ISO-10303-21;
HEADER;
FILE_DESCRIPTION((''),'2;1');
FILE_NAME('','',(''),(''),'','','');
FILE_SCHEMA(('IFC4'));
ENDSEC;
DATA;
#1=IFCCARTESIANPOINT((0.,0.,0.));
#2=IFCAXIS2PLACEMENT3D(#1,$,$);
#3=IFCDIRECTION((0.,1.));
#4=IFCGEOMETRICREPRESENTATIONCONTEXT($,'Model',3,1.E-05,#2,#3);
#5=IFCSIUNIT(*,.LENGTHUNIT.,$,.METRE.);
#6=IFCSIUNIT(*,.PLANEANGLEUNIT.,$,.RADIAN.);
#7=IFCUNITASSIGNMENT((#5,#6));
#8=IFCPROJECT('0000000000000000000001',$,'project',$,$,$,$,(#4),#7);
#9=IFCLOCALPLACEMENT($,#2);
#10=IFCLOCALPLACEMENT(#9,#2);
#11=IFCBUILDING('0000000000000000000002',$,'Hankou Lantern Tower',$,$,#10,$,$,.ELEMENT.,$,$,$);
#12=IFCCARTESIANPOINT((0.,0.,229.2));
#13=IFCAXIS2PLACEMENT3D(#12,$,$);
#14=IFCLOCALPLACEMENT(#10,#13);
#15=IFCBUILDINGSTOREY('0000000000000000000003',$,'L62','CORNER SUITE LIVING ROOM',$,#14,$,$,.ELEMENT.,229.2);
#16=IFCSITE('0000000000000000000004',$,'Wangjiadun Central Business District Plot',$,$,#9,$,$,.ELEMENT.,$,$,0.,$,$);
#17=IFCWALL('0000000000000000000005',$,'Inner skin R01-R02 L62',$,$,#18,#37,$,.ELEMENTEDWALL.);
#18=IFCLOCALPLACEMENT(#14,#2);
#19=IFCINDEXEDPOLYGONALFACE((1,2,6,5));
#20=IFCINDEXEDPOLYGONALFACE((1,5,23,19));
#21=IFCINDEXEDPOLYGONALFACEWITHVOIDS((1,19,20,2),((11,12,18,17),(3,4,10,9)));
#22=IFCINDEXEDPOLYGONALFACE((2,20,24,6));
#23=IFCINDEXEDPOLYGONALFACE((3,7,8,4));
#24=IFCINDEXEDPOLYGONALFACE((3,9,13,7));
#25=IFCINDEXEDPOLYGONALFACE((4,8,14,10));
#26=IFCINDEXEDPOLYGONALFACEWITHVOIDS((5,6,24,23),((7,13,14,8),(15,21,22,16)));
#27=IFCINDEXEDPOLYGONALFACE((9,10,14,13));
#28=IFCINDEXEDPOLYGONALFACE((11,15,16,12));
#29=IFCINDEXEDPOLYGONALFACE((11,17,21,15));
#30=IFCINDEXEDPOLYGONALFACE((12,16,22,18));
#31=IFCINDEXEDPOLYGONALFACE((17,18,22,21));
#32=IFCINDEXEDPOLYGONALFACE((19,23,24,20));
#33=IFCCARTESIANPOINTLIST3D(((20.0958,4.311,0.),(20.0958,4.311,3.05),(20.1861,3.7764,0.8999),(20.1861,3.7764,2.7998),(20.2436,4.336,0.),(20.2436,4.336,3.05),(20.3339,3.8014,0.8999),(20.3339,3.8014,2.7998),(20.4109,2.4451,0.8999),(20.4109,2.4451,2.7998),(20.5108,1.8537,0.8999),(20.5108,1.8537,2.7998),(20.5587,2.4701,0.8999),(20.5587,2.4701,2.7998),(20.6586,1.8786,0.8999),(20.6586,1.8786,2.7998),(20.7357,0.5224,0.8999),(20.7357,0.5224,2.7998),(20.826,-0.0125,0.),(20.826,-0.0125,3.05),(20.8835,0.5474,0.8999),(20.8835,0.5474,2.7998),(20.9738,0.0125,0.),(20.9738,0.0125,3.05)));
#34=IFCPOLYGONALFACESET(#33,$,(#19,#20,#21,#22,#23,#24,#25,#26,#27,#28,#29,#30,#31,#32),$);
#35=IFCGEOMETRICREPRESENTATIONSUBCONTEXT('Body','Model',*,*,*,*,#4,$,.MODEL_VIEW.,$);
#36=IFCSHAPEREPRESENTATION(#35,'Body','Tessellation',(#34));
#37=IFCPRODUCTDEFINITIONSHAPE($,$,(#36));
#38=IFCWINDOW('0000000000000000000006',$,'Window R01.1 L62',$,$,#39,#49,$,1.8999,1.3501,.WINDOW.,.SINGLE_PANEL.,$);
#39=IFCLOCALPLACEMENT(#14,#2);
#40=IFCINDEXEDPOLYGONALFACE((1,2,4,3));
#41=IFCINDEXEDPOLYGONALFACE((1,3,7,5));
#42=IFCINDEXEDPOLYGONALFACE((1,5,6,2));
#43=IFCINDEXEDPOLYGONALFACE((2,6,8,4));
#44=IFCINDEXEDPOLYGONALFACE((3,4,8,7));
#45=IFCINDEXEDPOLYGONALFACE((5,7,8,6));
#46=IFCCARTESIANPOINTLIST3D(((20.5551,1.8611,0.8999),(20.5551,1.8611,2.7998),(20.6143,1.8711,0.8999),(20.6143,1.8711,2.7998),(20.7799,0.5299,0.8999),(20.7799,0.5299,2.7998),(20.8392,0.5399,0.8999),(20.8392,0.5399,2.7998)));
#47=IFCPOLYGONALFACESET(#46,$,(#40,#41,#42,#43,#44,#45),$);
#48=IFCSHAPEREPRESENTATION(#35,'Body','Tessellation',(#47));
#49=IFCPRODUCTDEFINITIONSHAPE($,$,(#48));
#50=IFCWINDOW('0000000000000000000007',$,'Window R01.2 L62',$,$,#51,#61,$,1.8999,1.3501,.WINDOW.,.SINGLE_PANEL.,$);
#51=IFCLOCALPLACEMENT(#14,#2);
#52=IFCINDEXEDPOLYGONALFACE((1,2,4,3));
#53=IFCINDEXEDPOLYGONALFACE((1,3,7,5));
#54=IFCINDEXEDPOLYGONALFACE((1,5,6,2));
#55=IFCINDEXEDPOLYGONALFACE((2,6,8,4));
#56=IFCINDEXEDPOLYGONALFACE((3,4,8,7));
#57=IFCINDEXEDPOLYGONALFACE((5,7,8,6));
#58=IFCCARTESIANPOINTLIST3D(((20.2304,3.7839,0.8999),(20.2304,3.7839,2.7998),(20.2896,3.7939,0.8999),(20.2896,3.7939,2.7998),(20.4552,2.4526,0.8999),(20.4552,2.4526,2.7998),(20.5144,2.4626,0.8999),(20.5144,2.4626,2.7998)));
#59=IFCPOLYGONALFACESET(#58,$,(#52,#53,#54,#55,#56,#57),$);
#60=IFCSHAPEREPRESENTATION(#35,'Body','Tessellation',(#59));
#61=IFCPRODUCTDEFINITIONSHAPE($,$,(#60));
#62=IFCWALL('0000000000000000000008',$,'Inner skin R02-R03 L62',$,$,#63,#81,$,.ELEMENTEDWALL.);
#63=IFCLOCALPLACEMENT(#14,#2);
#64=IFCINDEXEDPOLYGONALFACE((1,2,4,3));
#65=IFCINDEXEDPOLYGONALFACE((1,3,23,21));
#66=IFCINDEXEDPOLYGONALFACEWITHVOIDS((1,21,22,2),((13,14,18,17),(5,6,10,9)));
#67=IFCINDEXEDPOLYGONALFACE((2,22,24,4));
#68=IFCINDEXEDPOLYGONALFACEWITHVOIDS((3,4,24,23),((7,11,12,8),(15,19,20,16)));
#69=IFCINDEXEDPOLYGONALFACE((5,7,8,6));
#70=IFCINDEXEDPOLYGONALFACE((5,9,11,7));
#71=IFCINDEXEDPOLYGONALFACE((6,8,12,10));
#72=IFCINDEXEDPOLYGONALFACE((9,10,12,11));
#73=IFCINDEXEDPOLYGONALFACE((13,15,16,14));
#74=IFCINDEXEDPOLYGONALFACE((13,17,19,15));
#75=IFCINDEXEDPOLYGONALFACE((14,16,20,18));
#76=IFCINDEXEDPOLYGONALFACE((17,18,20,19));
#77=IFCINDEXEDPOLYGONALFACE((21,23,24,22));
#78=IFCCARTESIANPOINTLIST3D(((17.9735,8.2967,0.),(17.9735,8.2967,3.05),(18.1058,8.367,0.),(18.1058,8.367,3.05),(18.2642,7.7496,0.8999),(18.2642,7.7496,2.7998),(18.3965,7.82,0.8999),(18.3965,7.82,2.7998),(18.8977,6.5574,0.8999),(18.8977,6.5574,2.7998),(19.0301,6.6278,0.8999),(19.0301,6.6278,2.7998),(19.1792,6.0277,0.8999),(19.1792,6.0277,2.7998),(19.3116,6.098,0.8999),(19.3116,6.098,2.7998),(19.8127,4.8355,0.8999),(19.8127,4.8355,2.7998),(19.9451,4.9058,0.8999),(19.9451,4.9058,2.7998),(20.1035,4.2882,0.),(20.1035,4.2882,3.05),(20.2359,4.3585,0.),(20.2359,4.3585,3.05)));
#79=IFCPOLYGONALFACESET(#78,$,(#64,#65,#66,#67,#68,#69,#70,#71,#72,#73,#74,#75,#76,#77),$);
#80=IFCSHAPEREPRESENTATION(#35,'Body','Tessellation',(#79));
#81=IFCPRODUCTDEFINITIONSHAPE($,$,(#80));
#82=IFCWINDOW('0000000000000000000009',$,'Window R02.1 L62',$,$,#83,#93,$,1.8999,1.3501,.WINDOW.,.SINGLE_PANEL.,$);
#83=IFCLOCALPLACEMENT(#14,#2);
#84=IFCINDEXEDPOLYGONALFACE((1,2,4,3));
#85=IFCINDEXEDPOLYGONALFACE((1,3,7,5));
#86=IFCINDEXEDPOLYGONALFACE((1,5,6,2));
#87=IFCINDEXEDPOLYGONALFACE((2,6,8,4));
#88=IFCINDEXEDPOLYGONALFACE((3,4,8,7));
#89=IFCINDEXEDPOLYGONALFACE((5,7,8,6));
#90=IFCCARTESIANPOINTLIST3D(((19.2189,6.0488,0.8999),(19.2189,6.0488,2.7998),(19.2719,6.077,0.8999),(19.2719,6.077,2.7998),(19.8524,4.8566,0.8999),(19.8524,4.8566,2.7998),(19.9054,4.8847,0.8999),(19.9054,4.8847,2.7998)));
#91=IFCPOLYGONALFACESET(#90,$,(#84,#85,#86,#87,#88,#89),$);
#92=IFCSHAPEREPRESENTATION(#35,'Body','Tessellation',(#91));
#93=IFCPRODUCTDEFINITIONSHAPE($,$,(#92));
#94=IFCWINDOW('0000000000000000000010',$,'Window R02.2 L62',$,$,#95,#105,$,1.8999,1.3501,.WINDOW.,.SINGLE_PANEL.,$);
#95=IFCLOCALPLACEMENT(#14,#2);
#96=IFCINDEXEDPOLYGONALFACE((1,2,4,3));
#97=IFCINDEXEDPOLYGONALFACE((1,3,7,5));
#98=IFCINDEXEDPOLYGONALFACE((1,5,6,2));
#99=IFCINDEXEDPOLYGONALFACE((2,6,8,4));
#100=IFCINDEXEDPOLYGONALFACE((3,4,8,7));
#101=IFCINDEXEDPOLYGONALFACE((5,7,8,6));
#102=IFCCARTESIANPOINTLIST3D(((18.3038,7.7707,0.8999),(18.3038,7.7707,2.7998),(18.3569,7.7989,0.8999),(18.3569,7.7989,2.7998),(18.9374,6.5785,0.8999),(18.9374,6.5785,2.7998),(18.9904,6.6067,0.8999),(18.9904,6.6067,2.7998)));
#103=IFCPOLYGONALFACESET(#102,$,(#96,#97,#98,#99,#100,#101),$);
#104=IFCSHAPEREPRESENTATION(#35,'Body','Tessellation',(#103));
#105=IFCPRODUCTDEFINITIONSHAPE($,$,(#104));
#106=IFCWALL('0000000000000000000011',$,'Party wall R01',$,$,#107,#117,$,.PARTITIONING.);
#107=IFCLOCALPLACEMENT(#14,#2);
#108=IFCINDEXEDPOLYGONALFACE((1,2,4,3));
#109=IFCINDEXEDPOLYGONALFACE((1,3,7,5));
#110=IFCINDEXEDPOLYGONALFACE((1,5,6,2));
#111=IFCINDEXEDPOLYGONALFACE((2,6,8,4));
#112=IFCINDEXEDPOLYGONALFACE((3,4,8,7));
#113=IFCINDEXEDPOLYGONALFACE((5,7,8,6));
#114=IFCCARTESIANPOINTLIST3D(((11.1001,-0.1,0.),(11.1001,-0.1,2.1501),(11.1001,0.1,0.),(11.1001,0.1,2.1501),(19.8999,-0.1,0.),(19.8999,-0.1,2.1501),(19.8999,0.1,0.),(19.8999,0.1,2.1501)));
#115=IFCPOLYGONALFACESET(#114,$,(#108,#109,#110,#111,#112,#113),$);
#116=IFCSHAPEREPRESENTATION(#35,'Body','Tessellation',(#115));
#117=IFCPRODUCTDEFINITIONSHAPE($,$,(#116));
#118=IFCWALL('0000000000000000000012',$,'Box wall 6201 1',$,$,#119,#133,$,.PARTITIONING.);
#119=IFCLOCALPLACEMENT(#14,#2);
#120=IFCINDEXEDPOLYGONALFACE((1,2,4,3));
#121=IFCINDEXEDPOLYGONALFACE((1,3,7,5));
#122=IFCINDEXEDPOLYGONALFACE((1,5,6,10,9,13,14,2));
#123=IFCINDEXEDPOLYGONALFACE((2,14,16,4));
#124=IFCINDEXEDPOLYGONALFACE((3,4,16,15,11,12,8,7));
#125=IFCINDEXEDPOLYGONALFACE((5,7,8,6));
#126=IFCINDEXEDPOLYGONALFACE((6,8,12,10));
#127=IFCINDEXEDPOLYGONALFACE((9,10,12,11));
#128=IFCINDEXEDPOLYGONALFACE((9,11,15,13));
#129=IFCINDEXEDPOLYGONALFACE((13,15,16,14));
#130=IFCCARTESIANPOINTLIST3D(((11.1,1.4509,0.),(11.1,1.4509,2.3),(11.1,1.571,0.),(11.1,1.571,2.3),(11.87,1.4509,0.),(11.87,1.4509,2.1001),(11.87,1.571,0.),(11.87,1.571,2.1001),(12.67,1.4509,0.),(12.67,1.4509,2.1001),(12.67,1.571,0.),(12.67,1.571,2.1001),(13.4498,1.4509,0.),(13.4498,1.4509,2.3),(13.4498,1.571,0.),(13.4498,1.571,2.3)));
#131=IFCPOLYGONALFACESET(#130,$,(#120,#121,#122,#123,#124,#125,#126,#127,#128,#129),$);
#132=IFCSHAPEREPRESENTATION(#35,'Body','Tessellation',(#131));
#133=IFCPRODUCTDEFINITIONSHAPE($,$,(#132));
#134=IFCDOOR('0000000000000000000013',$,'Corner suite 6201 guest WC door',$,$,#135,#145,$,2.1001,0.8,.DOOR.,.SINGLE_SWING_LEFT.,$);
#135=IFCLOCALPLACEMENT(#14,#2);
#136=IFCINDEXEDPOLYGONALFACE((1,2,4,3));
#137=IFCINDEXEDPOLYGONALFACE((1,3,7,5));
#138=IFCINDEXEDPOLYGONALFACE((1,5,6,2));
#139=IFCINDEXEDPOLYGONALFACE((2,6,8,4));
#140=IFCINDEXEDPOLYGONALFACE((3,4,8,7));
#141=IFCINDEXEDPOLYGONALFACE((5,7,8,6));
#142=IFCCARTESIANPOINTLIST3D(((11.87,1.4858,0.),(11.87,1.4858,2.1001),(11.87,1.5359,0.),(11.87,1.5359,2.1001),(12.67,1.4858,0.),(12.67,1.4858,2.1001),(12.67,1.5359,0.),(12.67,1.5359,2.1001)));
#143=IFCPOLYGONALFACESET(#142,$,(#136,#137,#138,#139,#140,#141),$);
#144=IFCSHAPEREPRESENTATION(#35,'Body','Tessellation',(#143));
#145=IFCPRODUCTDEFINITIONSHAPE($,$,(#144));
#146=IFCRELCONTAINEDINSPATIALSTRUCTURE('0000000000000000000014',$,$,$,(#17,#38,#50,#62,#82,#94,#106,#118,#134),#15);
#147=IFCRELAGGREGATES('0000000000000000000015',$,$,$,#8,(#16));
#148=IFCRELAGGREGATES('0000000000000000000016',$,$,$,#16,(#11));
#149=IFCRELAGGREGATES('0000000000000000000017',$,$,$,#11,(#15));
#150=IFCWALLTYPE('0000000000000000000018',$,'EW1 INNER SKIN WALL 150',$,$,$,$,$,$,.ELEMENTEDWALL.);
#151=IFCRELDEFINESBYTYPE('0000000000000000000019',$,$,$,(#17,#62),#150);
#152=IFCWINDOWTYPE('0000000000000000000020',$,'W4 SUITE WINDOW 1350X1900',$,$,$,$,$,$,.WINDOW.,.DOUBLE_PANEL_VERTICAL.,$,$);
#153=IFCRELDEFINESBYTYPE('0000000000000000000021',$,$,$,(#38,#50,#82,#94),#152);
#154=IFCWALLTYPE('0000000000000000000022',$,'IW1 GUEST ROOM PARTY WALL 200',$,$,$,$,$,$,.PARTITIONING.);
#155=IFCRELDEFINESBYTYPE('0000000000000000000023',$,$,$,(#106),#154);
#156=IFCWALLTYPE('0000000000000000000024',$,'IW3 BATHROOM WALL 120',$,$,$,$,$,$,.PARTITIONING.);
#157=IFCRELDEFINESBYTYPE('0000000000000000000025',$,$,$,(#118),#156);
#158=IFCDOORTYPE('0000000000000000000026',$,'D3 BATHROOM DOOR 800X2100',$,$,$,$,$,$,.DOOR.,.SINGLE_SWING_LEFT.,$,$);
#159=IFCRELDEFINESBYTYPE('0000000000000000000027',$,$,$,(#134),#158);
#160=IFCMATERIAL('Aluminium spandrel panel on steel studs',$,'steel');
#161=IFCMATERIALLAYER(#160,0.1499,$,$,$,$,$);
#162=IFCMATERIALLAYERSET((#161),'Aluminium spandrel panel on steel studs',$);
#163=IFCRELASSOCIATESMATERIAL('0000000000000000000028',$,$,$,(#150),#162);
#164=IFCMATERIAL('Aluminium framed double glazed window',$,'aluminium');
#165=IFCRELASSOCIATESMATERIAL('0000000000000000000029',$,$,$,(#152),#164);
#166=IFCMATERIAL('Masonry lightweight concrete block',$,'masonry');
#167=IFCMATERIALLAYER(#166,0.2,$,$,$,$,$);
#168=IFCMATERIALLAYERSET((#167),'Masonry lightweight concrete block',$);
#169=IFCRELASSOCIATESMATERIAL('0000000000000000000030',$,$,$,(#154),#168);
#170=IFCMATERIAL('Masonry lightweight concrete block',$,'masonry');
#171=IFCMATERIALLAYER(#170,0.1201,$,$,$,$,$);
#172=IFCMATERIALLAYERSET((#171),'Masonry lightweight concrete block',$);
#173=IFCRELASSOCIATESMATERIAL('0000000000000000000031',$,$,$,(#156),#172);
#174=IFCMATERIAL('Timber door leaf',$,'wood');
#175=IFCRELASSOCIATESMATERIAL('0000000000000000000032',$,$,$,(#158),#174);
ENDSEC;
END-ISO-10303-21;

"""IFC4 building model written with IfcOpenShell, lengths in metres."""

from ifc_helpers import new_model, si_unit, direction, frame, frame_2d, origin, place, context, subcontext, project, spatial, rectangle, extrude, material, layer, layer_set, type_object, element, fill, save


model = new_model("IFC4")

# Units and contexts
model_context = context("Model", 3, precision=1e-05, world=origin(), true_north=direction((0.0, 1.0)))
body_context = subcontext(model_context, "Body", "Model", "MODEL_VIEW")
ifc_project = project(units=[si_unit("LENGTHUNIT", "METRE"), si_unit("PLANEANGLEUNIT", "RADIAN")], contexts=[model_context])

# Site, building, storey
site_placement = place(None, origin())
site = spatial("IfcSite", under=ifc_project, at=site_placement, Name="Wangjiadun Central Business District Plot", CompositionType="ELEMENT", RefElevation=0.0)
building_placement = place(site_placement, origin())
building = spatial("IfcBuilding", under=site, at=building_placement, Name="Hankou Lantern Tower", CompositionType="ELEMENT")
storey_placement = place(building_placement, frame((0.0, 0.0, 229.2)))
storey = spatial("IfcBuildingStorey", under=building, at=storey_placement, Name="L62", Description="CORNER SUITE LIVING ROOM", CompositionType="ELEMENT", Elevation=229.2)

# Walls, openings, windows
ifc_material_1 = material(Name="Aluminium spandrel panel on steel studs", Category="steel")
ifc_layer_1 = layer(ifc_material_1, 0.1499)
ifc_layer_set_1 = layer_set([ifc_layer_1], Name="Aluminium spandrel panel on steel studs")
wall_type_1 = type_object("IfcWallType", Name="EW1 INNER SKIN WALL 150", PredefinedType="ELEMENTEDWALL", material=ifc_layer_set_1)
wall_1_placement = place(storey_placement, frame((20.8999, 0.0, 0.0), z_axis=(0.0, 0.0, 1.0), x_axis=(-0.166539, 0.986035, 0.0)))
wall_1 = element("IfcWall", 1, at=wall_1_placement, inside=storey, type_object=wall_type_1, Name="Inner skin R01-R02 L62", PredefinedType="ELEMENTEDWALL", context=body_context, shape_type="SweptSolid", body=[
    extrude(rectangle(XDim=4.3848, YDim=0.1499, at=frame_2d((2.1924, 0.0))), origin(), (0.0, 0.0, 1.0), 3.05),
])
opening_1_placement = place(wall_1_placement, frame((0.5425, 0.0, 0.8999)))
opening_1 = element("IfcOpeningElement", 2, at=opening_1_placement, cuts=wall_1, PredefinedType="OPENING", context=body_context, shape_type="SweptSolid", body=[
    extrude(rectangle(XDim=1.3501, YDim=1.8999, at=frame_2d((0.675, 0.95))), frame((0.0, 0.085, 0.0), z_axis=(0.0, -1.0, 0.0), x_axis=(1.0, 0.0, 0.0)), (0.0, 0.0, 1.0), 0.1699),
])
opening_2_placement = place(wall_1_placement, frame((2.4924, 0.0, 0.8999)))
opening_2 = element("IfcOpeningElement", 3, at=opening_2_placement, cuts=wall_1, PredefinedType="OPENING", context=body_context, shape_type="SweptSolid", body=[
    extrude(rectangle(XDim=1.3501, YDim=1.8999, at=frame_2d((0.675, 0.95))), frame((0.0, 0.085, 0.0), z_axis=(0.0, -1.0, 0.0), x_axis=(1.0, 0.0, 0.0)), (0.0, 0.0, 1.0), 0.1699),
])
ifc_material_2 = material(Name="Aluminium framed double glazed window", Category="aluminium")
window_type = type_object("IfcWindowType", Name="W4 SUITE WINDOW 1350X1900", PartitioningType="DOUBLE_PANEL_VERTICAL", PredefinedType="WINDOW", material=ifc_material_2)
window_1_placement = place(opening_1_placement, origin())
window_1 = element("IfcWindow", 4, at=window_1_placement, inside=storey, type_object=window_type, Name="Window R01.1 L62", OverallHeight=1.8999, OverallWidth=1.3501, PartitioningType="SINGLE_PANEL", PredefinedType="WINDOW", context=body_context, shape_type="SweptSolid", body=[
    extrude(rectangle(XDim=1.3501, YDim=1.8999, at=frame_2d((0.675, 0.95))), frame((0.0, 0.03, 0.0), z_axis=(0.0, -1.0, 0.0), x_axis=(1.0, 0.0, 0.0)), (0.0, 0.0, 1.0), 0.0601),
])
fill(opening_1, window_1)
window_2_placement = place(opening_2_placement, origin())
window_2 = element("IfcWindow", 5, at=window_2_placement, inside=storey, type_object=window_type, Name="Window R01.2 L62", OverallHeight=1.8999, OverallWidth=1.3501, PartitioningType="SINGLE_PANEL", PredefinedType="WINDOW", context=body_context, shape_type="SweptSolid", body=[
    extrude(rectangle(XDim=1.3501, YDim=1.8999, at=frame_2d((0.675, 0.95))), frame((0.0, 0.03, 0.0), z_axis=(0.0, -1.0, 0.0), x_axis=(1.0, 0.0, 0.0)), (0.0, 0.0, 1.0), 0.0601),
])
fill(opening_2, window_2)
wall_2_placement = place(storey_placement, frame((20.1697, 4.3235, 0.0), z_axis=(0.0, 0.0, 1.0), x_axis=(-0.469256, 0.883062, 0.0)))
wall_2 = element("IfcWall", 6, at=wall_2_placement, inside=storey, type_object=wall_type_1, Name="Inner skin R02-R03 L62", PredefinedType="ELEMENTEDWALL", context=body_context, shape_type="SweptSolid", body=[
    extrude(rectangle(XDim=4.5393, YDim=0.1499, at=frame_2d((2.2695, 0.0))), origin(), (0.0, 0.0, 1.0), 3.05),
])
opening_3_placement = place(wall_2_placement, frame((0.6196, 0.0, 0.8999)))
opening_3 = element("IfcOpeningElement", 7, at=opening_3_placement, cuts=wall_2, PredefinedType="OPENING", context=body_context, shape_type="SweptSolid", body=[
    extrude(rectangle(XDim=1.3501, YDim=1.8999, at=frame_2d((0.675, 0.95))), frame((0.0, 0.085, 0.0), z_axis=(0.0, -1.0, 0.0), x_axis=(1.0, 0.0, 0.0)), (0.0, 0.0, 1.0), 0.1699),
])
opening_4_placement = place(wall_2_placement, frame((2.5696, 0.0, 0.8999)))
opening_4 = element("IfcOpeningElement", 8, at=opening_4_placement, cuts=wall_2, PredefinedType="OPENING", context=body_context, shape_type="SweptSolid", body=[
    extrude(rectangle(XDim=1.3501, YDim=1.8999, at=frame_2d((0.675, 0.95))), frame((0.0, 0.085, 0.0), z_axis=(0.0, -1.0, 0.0), x_axis=(1.0, 0.0, 0.0)), (0.0, 0.0, 1.0), 0.1699),
])
window_3_placement = place(opening_3_placement, origin())
window_3 = element("IfcWindow", 9, at=window_3_placement, inside=storey, type_object=window_type, Name="Window R02.1 L62", OverallHeight=1.8999, OverallWidth=1.3501, PartitioningType="SINGLE_PANEL", PredefinedType="WINDOW", context=body_context, shape_type="SweptSolid", body=[
    extrude(rectangle(XDim=1.3501, YDim=1.8999, at=frame_2d((0.675, 0.95))), frame((0.0, 0.03, 0.0), z_axis=(0.0, -1.0, 0.0), x_axis=(1.0, 0.0, 0.0)), (0.0, 0.0, 1.0), 0.0601),
])
fill(opening_3, window_3)
window_4_placement = place(opening_4_placement, origin())
window_4 = element("IfcWindow", 10, at=window_4_placement, inside=storey, type_object=window_type, Name="Window R02.2 L62", OverallHeight=1.8999, OverallWidth=1.3501, PartitioningType="SINGLE_PANEL", PredefinedType="WINDOW", context=body_context, shape_type="SweptSolid", body=[
    extrude(rectangle(XDim=1.3501, YDim=1.8999, at=frame_2d((0.675, 0.95))), frame((0.0, 0.03, 0.0), z_axis=(0.0, -1.0, 0.0), x_axis=(1.0, 0.0, 0.0)), (0.0, 0.0, 1.0), 0.0601),
])
fill(opening_4, window_4)

# Wall
ifc_material_3 = material(Name="Masonry lightweight concrete block", Category="masonry")
ifc_layer_2 = layer(ifc_material_3, 0.2)
ifc_layer_set_2 = layer_set([ifc_layer_2], Name="Masonry lightweight concrete block")
wall_type_2 = type_object("IfcWallType", Name="IW1 GUEST ROOM PARTY WALL 200", PredefinedType="PARTITIONING", material=ifc_layer_set_2)
wall_3_placement = place(storey_placement, frame((11.1001, 0.0, 0.0), z_axis=(0.0, 0.0, 1.0), x_axis=(1.0, 0.0, 0.0)))
element("IfcWall", 11, at=wall_3_placement, inside=storey, type_object=wall_type_2, Name="Party wall R01", PredefinedType="PARTITIONING", context=body_context, shape_type="SweptSolid", body=[
    extrude(rectangle(XDim=8.7998, YDim=0.2, at=frame_2d((4.3999, 0.0))), origin(), (0.0, 0.0, 1.0), 2.1501),
])

# Wall, opening, door
ifc_material_4 = material(Name="Masonry lightweight concrete block", Category="masonry")
ifc_layer_3 = layer(ifc_material_4, 0.1201)
ifc_layer_set_3 = layer_set([ifc_layer_3], Name="Masonry lightweight concrete block")
wall_type_3 = type_object("IfcWallType", Name="IW3 BATHROOM WALL 120", PredefinedType="PARTITIONING", material=ifc_layer_set_3)
wall_4_placement = place(storey_placement, frame((11.1001, 1.511, 0.0), z_axis=(0.0, 0.0, 1.0), x_axis=(1.0, 0.0, 0.0)))
wall_4 = element("IfcWall", 12, at=wall_4_placement, inside=storey, type_object=wall_type_3, Name="Box wall 6201 1", PredefinedType="PARTITIONING", context=body_context, shape_type="SweptSolid", body=[
    extrude(rectangle(XDim=2.3499, YDim=0.1201, at=frame_2d((1.1748, 0.0))), origin(), (0.0, 0.0, 1.0), 2.3),
])
opening_5_placement = place(wall_4_placement, frame((0.77, 0.0, 0.0)))
opening_5 = element("IfcOpeningElement", 13, at=opening_5_placement, cuts=wall_4, PredefinedType="OPENING", context=body_context, shape_type="SweptSolid", body=[
    extrude(rectangle(XDim=0.8, YDim=2.1001, at=frame_2d((0.3999, 1.05))), frame((0.0, 0.0701, 0.0), z_axis=(0.0, -1.0, 0.0), x_axis=(1.0, 0.0, 0.0)), (0.0, 0.0, 1.0), 0.1401),
])
ifc_material_5 = material(Name="Timber door leaf", Category="wood")
door_type_1 = type_object("IfcDoorType", Name="D3 BATHROOM DOOR 800X2100", OperationType="SINGLE_SWING_LEFT", PredefinedType="DOOR", material=ifc_material_5)
door_1_placement = place(opening_5_placement, origin())
door_1 = element("IfcDoor", 14, at=door_1_placement, inside=storey, type_object=door_type_1, Name="Corner suite 6201 guest WC door", OperationType="SINGLE_SWING_LEFT", OverallHeight=2.1001, OverallWidth=0.8, PredefinedType="DOOR", context=body_context, shape_type="SweptSolid", body=[
    extrude(rectangle(XDim=0.8, YDim=2.1001, at=frame_2d((0.3999, 1.05))), frame((0.0, 0.0249, 0.0), z_axis=(0.0, -1.0, 0.0), x_axis=(1.0, 0.0, 0.0)), (0.0, 0.0, 1.0), 0.05),
])
fill(opening_5, door_1)

save(model, "model.ifc")
